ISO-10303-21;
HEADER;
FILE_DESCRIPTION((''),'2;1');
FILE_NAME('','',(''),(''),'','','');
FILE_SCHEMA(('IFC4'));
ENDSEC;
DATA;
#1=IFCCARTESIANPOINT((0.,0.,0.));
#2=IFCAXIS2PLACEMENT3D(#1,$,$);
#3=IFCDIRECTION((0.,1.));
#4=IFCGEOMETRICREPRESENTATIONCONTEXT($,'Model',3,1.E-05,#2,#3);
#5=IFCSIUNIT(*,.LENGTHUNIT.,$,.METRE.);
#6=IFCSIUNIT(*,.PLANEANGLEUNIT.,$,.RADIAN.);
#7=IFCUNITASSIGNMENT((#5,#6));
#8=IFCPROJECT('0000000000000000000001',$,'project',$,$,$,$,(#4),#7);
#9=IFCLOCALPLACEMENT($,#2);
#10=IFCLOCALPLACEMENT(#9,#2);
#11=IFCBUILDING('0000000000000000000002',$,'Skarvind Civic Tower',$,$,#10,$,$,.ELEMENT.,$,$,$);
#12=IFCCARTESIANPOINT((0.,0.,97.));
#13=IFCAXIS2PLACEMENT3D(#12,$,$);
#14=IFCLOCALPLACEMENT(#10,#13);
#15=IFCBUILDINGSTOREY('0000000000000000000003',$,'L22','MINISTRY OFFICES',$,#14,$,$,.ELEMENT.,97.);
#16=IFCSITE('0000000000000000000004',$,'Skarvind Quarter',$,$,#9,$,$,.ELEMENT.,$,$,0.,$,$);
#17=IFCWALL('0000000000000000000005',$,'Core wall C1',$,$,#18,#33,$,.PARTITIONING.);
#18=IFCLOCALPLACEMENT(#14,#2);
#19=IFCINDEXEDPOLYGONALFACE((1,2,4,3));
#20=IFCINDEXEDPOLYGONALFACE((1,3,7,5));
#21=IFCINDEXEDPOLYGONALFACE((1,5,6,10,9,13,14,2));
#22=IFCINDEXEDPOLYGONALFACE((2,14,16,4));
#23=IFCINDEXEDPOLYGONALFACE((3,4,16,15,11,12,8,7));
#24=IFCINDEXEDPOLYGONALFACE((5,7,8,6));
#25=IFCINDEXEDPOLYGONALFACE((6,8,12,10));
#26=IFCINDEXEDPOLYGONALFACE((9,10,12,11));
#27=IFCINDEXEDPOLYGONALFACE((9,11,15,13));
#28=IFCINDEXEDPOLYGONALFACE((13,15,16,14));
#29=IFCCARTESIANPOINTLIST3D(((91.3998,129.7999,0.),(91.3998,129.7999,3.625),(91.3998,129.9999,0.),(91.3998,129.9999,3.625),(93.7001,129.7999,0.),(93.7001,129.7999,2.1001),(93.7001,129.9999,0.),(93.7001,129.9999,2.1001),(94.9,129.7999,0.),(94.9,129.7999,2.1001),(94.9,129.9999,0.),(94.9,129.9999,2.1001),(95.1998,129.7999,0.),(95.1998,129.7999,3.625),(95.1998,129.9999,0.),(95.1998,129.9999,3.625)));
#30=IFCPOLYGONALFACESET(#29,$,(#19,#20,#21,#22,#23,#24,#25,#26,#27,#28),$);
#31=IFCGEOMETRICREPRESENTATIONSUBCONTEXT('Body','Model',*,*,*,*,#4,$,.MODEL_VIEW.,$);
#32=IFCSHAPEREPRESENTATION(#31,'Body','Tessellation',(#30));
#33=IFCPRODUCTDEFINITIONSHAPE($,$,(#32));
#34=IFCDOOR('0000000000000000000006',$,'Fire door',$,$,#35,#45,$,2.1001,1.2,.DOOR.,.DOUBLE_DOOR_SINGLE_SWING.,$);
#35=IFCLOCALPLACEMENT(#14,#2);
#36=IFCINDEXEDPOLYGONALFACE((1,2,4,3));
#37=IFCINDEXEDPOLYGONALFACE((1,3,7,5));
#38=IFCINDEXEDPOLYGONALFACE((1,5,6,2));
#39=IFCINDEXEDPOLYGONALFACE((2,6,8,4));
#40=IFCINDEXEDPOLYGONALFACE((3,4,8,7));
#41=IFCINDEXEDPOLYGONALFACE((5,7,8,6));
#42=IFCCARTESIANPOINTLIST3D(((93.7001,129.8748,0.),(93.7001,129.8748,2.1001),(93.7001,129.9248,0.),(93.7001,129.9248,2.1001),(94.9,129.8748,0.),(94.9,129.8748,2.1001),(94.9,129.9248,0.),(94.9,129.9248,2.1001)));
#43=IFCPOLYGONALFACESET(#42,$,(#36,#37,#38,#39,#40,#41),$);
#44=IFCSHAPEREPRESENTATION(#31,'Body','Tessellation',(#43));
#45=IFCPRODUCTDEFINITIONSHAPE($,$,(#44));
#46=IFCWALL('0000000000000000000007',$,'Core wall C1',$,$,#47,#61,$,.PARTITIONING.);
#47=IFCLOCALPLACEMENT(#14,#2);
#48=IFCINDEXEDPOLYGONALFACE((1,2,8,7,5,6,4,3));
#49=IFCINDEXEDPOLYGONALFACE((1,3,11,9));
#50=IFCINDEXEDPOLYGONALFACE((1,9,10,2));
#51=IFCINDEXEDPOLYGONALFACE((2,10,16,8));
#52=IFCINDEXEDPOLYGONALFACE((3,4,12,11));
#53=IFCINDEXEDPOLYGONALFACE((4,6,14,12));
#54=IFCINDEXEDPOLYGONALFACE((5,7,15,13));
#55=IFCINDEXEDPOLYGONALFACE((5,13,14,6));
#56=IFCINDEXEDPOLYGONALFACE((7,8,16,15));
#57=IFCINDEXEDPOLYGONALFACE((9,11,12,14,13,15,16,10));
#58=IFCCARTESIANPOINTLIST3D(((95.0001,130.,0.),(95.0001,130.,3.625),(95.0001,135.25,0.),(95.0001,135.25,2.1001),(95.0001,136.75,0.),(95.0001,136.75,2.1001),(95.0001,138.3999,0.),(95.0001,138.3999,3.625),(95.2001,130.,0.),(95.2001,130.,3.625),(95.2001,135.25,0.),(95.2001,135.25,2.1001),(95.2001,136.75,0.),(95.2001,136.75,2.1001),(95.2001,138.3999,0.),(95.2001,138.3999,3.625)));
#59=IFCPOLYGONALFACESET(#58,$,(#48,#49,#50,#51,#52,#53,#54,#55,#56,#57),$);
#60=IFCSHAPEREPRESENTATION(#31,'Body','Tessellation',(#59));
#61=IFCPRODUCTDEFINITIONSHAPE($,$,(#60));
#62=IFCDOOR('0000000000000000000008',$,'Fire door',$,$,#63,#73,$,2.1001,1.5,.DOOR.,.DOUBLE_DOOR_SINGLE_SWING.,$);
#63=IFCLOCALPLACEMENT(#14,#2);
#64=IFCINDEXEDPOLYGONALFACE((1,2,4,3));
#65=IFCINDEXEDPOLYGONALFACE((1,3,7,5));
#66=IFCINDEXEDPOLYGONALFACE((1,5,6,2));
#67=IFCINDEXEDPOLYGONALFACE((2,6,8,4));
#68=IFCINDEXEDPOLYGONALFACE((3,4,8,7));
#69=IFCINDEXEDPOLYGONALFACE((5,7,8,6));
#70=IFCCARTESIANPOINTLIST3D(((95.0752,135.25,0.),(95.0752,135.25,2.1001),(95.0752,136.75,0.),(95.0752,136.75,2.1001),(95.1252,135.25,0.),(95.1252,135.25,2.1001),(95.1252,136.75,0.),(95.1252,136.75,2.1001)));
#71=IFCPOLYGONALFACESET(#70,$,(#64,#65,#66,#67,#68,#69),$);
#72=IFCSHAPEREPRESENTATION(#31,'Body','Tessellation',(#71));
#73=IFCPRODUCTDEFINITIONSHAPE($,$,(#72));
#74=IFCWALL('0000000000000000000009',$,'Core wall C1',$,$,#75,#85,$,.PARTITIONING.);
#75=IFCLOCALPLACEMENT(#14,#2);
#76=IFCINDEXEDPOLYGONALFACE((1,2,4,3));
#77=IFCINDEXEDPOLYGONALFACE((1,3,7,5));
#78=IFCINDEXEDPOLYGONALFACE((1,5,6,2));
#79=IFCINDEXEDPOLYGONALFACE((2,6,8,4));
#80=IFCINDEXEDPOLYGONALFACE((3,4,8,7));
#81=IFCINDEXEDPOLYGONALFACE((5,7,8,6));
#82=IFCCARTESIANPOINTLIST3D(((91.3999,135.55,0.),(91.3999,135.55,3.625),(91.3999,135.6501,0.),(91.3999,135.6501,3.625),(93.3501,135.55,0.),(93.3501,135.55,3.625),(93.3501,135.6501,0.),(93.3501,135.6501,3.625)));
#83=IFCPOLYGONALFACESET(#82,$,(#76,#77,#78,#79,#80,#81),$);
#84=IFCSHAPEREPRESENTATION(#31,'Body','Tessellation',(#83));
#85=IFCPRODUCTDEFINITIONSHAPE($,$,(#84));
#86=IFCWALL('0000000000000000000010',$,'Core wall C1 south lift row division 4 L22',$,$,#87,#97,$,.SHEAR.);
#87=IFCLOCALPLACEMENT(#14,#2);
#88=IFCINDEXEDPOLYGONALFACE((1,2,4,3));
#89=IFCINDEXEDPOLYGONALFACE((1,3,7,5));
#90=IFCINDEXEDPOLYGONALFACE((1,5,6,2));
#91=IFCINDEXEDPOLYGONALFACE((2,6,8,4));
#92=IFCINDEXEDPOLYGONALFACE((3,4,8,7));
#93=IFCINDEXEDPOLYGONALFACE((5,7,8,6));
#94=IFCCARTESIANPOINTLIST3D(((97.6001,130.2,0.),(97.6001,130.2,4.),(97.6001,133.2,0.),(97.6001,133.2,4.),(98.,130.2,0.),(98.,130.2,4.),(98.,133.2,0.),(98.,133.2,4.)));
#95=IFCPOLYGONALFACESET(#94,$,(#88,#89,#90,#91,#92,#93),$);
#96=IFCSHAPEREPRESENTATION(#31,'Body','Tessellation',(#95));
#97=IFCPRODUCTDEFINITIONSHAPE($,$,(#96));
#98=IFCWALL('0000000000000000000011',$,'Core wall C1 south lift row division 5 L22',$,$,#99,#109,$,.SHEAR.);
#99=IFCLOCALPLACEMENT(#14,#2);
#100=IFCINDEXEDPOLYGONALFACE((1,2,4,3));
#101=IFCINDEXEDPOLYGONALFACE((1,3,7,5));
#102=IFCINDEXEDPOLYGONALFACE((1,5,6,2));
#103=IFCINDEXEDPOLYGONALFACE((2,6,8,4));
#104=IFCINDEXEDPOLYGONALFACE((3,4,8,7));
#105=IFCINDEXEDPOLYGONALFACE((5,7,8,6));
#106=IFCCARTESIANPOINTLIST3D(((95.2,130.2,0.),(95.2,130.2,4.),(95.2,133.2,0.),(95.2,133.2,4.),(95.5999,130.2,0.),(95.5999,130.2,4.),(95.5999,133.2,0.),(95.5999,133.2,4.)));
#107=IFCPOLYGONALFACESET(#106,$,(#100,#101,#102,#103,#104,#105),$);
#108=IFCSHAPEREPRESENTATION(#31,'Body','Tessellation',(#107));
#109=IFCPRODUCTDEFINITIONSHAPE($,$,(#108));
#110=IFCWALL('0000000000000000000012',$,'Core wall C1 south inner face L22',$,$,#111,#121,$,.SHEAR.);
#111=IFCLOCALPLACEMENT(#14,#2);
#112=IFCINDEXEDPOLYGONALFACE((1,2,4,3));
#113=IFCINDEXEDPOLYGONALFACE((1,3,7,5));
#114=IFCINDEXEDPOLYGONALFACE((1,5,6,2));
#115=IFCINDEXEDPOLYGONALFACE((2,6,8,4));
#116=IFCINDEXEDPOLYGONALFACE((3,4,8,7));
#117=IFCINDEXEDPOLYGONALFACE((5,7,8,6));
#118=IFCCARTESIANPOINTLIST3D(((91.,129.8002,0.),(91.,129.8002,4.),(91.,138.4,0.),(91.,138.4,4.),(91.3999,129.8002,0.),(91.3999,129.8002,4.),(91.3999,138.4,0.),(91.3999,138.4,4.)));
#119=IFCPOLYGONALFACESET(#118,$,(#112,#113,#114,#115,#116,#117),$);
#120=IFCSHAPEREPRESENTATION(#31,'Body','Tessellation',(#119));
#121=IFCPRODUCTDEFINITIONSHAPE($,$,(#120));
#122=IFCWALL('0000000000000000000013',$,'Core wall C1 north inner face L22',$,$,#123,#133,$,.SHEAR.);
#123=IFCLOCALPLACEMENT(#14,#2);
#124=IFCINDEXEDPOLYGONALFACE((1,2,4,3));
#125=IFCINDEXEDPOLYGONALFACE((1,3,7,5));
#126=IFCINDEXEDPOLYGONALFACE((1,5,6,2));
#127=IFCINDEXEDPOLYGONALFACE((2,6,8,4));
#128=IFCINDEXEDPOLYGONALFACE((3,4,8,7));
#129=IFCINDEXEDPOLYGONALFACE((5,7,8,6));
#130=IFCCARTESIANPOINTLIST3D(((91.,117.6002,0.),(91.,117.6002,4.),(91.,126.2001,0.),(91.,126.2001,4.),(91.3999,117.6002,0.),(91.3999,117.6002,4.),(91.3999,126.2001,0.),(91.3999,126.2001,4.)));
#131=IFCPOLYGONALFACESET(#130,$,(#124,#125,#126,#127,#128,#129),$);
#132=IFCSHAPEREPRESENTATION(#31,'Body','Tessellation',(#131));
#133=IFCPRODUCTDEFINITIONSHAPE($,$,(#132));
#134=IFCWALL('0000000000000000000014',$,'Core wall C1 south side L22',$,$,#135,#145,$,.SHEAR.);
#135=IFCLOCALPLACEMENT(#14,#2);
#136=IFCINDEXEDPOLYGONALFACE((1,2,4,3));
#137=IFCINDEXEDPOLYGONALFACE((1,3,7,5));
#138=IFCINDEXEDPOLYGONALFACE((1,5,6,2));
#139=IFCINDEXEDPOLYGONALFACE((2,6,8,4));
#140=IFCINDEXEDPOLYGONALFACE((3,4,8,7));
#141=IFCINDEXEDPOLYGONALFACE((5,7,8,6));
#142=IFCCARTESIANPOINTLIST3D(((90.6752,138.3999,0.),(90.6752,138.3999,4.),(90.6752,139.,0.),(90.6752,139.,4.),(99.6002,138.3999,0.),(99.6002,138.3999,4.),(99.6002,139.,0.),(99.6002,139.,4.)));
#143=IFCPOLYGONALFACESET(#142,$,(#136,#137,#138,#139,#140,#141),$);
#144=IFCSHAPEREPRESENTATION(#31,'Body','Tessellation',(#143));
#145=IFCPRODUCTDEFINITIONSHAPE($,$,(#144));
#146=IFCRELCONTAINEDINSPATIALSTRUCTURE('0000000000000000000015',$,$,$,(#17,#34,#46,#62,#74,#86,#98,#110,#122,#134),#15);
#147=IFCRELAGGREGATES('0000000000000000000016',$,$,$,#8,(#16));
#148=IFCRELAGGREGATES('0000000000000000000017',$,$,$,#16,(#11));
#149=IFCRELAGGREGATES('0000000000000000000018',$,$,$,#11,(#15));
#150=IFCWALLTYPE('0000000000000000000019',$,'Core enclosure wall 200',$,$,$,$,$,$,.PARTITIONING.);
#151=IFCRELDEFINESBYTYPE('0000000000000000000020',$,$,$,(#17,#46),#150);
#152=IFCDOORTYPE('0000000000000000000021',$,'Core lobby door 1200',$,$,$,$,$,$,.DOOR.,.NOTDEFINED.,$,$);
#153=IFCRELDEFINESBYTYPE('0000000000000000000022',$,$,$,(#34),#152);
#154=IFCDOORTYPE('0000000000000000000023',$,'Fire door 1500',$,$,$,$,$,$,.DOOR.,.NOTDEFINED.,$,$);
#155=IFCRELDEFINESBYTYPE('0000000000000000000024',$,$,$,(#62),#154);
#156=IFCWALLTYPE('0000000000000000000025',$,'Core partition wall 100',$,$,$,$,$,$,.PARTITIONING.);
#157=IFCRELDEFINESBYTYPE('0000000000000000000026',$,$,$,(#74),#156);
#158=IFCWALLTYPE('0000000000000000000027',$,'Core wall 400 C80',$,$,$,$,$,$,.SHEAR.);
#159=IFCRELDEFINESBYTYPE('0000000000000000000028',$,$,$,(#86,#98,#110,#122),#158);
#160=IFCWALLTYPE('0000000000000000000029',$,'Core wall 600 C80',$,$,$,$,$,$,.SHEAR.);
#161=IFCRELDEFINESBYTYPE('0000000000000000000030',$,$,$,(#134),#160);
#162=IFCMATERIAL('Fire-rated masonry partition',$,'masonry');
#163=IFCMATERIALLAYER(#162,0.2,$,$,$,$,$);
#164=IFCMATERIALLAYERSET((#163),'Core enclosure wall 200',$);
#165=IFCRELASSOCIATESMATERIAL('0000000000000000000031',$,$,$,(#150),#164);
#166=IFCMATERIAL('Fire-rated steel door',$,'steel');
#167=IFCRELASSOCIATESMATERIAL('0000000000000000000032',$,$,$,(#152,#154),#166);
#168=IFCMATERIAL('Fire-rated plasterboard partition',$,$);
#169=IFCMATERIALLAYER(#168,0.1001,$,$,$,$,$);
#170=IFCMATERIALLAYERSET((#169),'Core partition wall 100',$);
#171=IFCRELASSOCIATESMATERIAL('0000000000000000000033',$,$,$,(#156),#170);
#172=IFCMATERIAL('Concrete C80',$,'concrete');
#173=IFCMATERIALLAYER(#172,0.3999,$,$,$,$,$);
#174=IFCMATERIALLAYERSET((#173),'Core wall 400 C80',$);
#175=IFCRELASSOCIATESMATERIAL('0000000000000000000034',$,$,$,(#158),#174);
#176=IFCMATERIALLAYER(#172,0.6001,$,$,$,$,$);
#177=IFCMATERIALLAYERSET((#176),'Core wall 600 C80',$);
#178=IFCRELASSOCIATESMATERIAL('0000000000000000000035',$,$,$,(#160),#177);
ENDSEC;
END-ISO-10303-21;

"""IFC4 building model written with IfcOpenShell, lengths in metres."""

from ifc_helpers import new_model, si_unit, direction, frame, frame_2d, origin, place, context, subcontext, project, spatial, rectangle, extrude, material, layer, layer_set, type_object, element, fill, save


model = new_model("IFC4")

# Units and contexts
model_context = context("Model", 3, precision=1e-05, world=origin(), true_north=direction((0.0, 1.0)))
body_context = subcontext(model_context, "Body", "Model", "MODEL_VIEW")
ifc_project = project(units=[si_unit("LENGTHUNIT", "METRE"), si_unit("PLANEANGLEUNIT", "RADIAN")], contexts=[model_context])

# Site, building, storey
site_placement = place(None, origin())
site = spatial("IfcSite", under=ifc_project, at=site_placement, Name="Skarvind Quarter", CompositionType="ELEMENT", RefElevation=0.0)
building_placement = place(site_placement, origin())
building = spatial("IfcBuilding", under=site, at=building_placement, Name="Skarvind Civic Tower", CompositionType="ELEMENT")
storey_placement = place(building_placement, frame((0.0, 0.0, 97.0)))
storey = spatial("IfcBuildingStorey", under=building, at=storey_placement, Name="L22", Description="MINISTRY OFFICES", CompositionType="ELEMENT", Elevation=97.0)

# Walls, openings, doors
ifc_material_1 = material(Name="Fire-rated masonry partition", Category="masonry")
ifc_layer_1 = layer(ifc_material_1, 0.2)
ifc_layer_set_1 = layer_set([ifc_layer_1], Name="Core enclosure wall 200")
wall_type_1 = type_object("IfcWallType", Name="Core enclosure wall 200", PredefinedType="PARTITIONING", material=ifc_layer_set_1)
wall_1_placement = place(storey_placement, frame((91.3999, 129.8999, 0.0), z_axis=(0.0, 0.0, 1.0), x_axis=(1.0, 0.0, 0.0)))
wall_1 = element("IfcWall", 1, at=wall_1_placement, inside=storey, type_object=wall_type_1, Name="Core wall C1", PredefinedType="PARTITIONING", context=body_context, shape_type="SweptSolid", body=[
    extrude(rectangle(XDim=3.8, YDim=0.2, at=frame_2d((1.8999, 0.0))), origin(), (0.0, 0.0, 1.0), 3.625),
])
opening_1_placement = place(wall_1_placement, frame((2.3, 0.0, 0.0)))
opening_1 = element("IfcOpeningElement", 2, at=opening_1_placement, cuts=wall_1, PredefinedType="OPENING", context=body_context, shape_type="SweptSolid", body=[
    extrude(rectangle(XDim=1.2, YDim=2.1001, at=frame_2d((0.6001, 1.05))), frame((0.0, 0.1099, 0.0), z_axis=(0.0, -1.0, 0.0), x_axis=(1.0, 0.0, 0.0)), (0.0, 0.0, 1.0), 0.22),
])
ifc_material_2 = material(Name="Fire-rated steel door", Category="steel")
door_type_1 = type_object("IfcDoorType", Name="Core lobby door 1200", OperationType="NOTDEFINED", PredefinedType="DOOR", material=ifc_material_2)
door_1_placement = place(opening_1_placement, origin())
door_1 = element("IfcDoor", 3, at=door_1_placement, inside=storey, type_object=door_type_1, Name="Fire door", OperationType="DOUBLE_DOOR_SINGLE_SWING", OverallHeight=2.1001, OverallWidth=1.2, PredefinedType="DOOR", context=body_context, shape_type="SweptSolid", body=[
    extrude(rectangle(XDim=1.2, YDim=2.1001, at=frame_2d((0.6001, 1.05))), frame((0.0, 0.0249, 0.0), z_axis=(0.0, -1.0, 0.0), x_axis=(1.0, 0.0, 0.0)), (0.0, 0.0, 1.0), 0.05),
])
fill(opening_1, door_1)
wall_2_placement = place(storey_placement, frame((95.1001, 130.0, 0.0), z_axis=(0.0, 0.0, 1.0), x_axis=(0.0, 1.0, 0.0)))
wall_2 = element("IfcWall", 4, at=wall_2_placement, inside=storey, type_object=wall_type_1, Name="Core wall C1", PredefinedType="PARTITIONING", context=body_context, shape_type="SweptSolid", body=[
    extrude(rectangle(XDim=8.3999, YDim=0.2, at=frame_2d((4.2, 0.0))), origin(), (0.0, 0.0, 1.0), 3.625),
])
opening_2_placement = place(wall_2_placement, frame((5.25, 0.0, 0.0)))
opening_2 = element("IfcOpeningElement", 5, at=opening_2_placement, cuts=wall_2, PredefinedType="OPENING", context=body_context, shape_type="SweptSolid", body=[
    extrude(rectangle(XDim=1.5, YDim=2.1001, at=frame_2d((0.75, 1.05))), frame((0.0, 0.1099, 0.0), z_axis=(0.0, -1.0, 0.0), x_axis=(1.0, 0.0, 0.0)), (0.0, 0.0, 1.0), 0.22),
])
door_type_2 = type_object("IfcDoorType", Name="Fire door 1500", OperationType="NOTDEFINED", PredefinedType="DOOR", material=ifc_material_2)
door_2_placement = place(opening_2_placement, origin())
door_2 = element("IfcDoor", 6, at=door_2_placement, inside=storey, type_object=door_type_2, Name="Fire door", OperationType="DOUBLE_DOOR_SINGLE_SWING", OverallHeight=2.1001, OverallWidth=1.5, PredefinedType="DOOR", context=body_context, shape_type="SweptSolid", body=[
    extrude(rectangle(XDim=1.5, YDim=2.1001, at=frame_2d((0.75, 1.05))), frame((0.0, 0.0249, 0.0), z_axis=(0.0, -1.0, 0.0), x_axis=(1.0, 0.0, 0.0)), (0.0, 0.0, 1.0), 0.05),
])
fill(opening_2, door_2)

# Walls
ifc_material_3 = material(Name="Fire-rated plasterboard partition")
ifc_layer_2 = layer(ifc_material_3, 0.1001)
ifc_layer_set_2 = layer_set([ifc_layer_2], Name="Core partition wall 100")
wall_type_2 = type_object("IfcWallType", Name="Core partition wall 100", PredefinedType="PARTITIONING", material=ifc_layer_set_2)
wall_3_placement = place(storey_placement, frame((91.3999, 135.6001, 0.0), z_axis=(0.0, 0.0, 1.0), x_axis=(1.0, 0.0, 0.0)))
element("IfcWall", 7, at=wall_3_placement, inside=storey, type_object=wall_type_2, Name="Core wall C1", PredefinedType="PARTITIONING", context=body_context, shape_type="SweptSolid", body=[
    extrude(rectangle(XDim=1.9502, YDim=0.1001, at=frame_2d((0.9751, 0.0))), origin(), (0.0, 0.0, 1.0), 3.625),
])
ifc_material_4 = material(Name="Concrete C80", Category="concrete")
ifc_layer_3 = layer(ifc_material_4, 0.3999)
ifc_layer_set_3 = layer_set([ifc_layer_3], Name="Core wall 400 C80")
wall_type_3 = type_object("IfcWallType", Name="Core wall 400 C80", PredefinedType="SHEAR", material=ifc_layer_set_3)
for number, where, z_axis, x_axis, name in (
    (8, (97.8, 133.2, 0.0), (0.0, 0.0, 1.0), (0.0, -1.0, 0.0), "Core wall C1 south lift row division 4 L22"),
    (9, (95.3999, 133.2, 0.0), (0.0, 0.0, 1.0), (0.0, -1.0, 0.0), "Core wall C1 south lift row division 5 L22"),
):
    element("IfcWall", number, at=place(storey_placement, frame(where, z_axis=z_axis, x_axis=x_axis)), inside=storey, type_object=wall_type_3, Name=name, PredefinedType="SHEAR", context=body_context, shape_type="SweptSolid", body=[
        extrude(rectangle(XDim=3.0, YDim=0.3999, at=frame_2d((1.5, 0.0))), origin(), (0.0, 0.0, 1.0), 4.0),
    ])
for number, where, z_axis, x_axis, name in (
    (10, (91.2, 138.3999, 0.0), (0.0, 0.0, 1.0), (0.0, -1.0, 0.0), "Core wall C1 south inner face L22"),
    (11, (91.2, 126.2, 0.0), (0.0, 0.0, 1.0), (0.0, -1.0, 0.0), "Core wall C1 north inner face L22"),
):
    element("IfcWall", number, at=place(storey_placement, frame(where, z_axis=z_axis, x_axis=x_axis)), inside=storey, type_object=wall_type_3, Name=name, PredefinedType="SHEAR", context=body_context, shape_type="SweptSolid", body=[
        extrude(rectangle(XDim=8.5999, YDim=0.3999, at=frame_2d((4.2998, 0.0))), origin(), (0.0, 0.0, 1.0), 4.0),
    ])
ifc_layer_4 = layer(ifc_material_4, 0.6001)
ifc_layer_set_4 = layer_set([ifc_layer_4], Name="Core wall 600 C80")
wall_type_4 = type_object("IfcWallType", Name="Core wall 600 C80", PredefinedType="SHEAR", material=ifc_layer_set_4)
wall_4_placement = place(storey_placement, frame((99.6001, 138.7, 0.0), z_axis=(0.0, 0.0, 1.0), x_axis=(-1.0, 0.0, 0.0)))
element("IfcWall", 12, at=wall_4_placement, inside=storey, type_object=wall_type_4, Name="Core wall C1 south side L22", PredefinedType="SHEAR", context=body_context, shape_type="SweptSolid", body=[
    extrude(rectangle(XDim=8.925, YDim=0.6001, at=frame_2d((4.4624, 0.0))), origin(), (0.0, 0.0, 1.0), 4.0),
])

save(model, "model.ifc")
